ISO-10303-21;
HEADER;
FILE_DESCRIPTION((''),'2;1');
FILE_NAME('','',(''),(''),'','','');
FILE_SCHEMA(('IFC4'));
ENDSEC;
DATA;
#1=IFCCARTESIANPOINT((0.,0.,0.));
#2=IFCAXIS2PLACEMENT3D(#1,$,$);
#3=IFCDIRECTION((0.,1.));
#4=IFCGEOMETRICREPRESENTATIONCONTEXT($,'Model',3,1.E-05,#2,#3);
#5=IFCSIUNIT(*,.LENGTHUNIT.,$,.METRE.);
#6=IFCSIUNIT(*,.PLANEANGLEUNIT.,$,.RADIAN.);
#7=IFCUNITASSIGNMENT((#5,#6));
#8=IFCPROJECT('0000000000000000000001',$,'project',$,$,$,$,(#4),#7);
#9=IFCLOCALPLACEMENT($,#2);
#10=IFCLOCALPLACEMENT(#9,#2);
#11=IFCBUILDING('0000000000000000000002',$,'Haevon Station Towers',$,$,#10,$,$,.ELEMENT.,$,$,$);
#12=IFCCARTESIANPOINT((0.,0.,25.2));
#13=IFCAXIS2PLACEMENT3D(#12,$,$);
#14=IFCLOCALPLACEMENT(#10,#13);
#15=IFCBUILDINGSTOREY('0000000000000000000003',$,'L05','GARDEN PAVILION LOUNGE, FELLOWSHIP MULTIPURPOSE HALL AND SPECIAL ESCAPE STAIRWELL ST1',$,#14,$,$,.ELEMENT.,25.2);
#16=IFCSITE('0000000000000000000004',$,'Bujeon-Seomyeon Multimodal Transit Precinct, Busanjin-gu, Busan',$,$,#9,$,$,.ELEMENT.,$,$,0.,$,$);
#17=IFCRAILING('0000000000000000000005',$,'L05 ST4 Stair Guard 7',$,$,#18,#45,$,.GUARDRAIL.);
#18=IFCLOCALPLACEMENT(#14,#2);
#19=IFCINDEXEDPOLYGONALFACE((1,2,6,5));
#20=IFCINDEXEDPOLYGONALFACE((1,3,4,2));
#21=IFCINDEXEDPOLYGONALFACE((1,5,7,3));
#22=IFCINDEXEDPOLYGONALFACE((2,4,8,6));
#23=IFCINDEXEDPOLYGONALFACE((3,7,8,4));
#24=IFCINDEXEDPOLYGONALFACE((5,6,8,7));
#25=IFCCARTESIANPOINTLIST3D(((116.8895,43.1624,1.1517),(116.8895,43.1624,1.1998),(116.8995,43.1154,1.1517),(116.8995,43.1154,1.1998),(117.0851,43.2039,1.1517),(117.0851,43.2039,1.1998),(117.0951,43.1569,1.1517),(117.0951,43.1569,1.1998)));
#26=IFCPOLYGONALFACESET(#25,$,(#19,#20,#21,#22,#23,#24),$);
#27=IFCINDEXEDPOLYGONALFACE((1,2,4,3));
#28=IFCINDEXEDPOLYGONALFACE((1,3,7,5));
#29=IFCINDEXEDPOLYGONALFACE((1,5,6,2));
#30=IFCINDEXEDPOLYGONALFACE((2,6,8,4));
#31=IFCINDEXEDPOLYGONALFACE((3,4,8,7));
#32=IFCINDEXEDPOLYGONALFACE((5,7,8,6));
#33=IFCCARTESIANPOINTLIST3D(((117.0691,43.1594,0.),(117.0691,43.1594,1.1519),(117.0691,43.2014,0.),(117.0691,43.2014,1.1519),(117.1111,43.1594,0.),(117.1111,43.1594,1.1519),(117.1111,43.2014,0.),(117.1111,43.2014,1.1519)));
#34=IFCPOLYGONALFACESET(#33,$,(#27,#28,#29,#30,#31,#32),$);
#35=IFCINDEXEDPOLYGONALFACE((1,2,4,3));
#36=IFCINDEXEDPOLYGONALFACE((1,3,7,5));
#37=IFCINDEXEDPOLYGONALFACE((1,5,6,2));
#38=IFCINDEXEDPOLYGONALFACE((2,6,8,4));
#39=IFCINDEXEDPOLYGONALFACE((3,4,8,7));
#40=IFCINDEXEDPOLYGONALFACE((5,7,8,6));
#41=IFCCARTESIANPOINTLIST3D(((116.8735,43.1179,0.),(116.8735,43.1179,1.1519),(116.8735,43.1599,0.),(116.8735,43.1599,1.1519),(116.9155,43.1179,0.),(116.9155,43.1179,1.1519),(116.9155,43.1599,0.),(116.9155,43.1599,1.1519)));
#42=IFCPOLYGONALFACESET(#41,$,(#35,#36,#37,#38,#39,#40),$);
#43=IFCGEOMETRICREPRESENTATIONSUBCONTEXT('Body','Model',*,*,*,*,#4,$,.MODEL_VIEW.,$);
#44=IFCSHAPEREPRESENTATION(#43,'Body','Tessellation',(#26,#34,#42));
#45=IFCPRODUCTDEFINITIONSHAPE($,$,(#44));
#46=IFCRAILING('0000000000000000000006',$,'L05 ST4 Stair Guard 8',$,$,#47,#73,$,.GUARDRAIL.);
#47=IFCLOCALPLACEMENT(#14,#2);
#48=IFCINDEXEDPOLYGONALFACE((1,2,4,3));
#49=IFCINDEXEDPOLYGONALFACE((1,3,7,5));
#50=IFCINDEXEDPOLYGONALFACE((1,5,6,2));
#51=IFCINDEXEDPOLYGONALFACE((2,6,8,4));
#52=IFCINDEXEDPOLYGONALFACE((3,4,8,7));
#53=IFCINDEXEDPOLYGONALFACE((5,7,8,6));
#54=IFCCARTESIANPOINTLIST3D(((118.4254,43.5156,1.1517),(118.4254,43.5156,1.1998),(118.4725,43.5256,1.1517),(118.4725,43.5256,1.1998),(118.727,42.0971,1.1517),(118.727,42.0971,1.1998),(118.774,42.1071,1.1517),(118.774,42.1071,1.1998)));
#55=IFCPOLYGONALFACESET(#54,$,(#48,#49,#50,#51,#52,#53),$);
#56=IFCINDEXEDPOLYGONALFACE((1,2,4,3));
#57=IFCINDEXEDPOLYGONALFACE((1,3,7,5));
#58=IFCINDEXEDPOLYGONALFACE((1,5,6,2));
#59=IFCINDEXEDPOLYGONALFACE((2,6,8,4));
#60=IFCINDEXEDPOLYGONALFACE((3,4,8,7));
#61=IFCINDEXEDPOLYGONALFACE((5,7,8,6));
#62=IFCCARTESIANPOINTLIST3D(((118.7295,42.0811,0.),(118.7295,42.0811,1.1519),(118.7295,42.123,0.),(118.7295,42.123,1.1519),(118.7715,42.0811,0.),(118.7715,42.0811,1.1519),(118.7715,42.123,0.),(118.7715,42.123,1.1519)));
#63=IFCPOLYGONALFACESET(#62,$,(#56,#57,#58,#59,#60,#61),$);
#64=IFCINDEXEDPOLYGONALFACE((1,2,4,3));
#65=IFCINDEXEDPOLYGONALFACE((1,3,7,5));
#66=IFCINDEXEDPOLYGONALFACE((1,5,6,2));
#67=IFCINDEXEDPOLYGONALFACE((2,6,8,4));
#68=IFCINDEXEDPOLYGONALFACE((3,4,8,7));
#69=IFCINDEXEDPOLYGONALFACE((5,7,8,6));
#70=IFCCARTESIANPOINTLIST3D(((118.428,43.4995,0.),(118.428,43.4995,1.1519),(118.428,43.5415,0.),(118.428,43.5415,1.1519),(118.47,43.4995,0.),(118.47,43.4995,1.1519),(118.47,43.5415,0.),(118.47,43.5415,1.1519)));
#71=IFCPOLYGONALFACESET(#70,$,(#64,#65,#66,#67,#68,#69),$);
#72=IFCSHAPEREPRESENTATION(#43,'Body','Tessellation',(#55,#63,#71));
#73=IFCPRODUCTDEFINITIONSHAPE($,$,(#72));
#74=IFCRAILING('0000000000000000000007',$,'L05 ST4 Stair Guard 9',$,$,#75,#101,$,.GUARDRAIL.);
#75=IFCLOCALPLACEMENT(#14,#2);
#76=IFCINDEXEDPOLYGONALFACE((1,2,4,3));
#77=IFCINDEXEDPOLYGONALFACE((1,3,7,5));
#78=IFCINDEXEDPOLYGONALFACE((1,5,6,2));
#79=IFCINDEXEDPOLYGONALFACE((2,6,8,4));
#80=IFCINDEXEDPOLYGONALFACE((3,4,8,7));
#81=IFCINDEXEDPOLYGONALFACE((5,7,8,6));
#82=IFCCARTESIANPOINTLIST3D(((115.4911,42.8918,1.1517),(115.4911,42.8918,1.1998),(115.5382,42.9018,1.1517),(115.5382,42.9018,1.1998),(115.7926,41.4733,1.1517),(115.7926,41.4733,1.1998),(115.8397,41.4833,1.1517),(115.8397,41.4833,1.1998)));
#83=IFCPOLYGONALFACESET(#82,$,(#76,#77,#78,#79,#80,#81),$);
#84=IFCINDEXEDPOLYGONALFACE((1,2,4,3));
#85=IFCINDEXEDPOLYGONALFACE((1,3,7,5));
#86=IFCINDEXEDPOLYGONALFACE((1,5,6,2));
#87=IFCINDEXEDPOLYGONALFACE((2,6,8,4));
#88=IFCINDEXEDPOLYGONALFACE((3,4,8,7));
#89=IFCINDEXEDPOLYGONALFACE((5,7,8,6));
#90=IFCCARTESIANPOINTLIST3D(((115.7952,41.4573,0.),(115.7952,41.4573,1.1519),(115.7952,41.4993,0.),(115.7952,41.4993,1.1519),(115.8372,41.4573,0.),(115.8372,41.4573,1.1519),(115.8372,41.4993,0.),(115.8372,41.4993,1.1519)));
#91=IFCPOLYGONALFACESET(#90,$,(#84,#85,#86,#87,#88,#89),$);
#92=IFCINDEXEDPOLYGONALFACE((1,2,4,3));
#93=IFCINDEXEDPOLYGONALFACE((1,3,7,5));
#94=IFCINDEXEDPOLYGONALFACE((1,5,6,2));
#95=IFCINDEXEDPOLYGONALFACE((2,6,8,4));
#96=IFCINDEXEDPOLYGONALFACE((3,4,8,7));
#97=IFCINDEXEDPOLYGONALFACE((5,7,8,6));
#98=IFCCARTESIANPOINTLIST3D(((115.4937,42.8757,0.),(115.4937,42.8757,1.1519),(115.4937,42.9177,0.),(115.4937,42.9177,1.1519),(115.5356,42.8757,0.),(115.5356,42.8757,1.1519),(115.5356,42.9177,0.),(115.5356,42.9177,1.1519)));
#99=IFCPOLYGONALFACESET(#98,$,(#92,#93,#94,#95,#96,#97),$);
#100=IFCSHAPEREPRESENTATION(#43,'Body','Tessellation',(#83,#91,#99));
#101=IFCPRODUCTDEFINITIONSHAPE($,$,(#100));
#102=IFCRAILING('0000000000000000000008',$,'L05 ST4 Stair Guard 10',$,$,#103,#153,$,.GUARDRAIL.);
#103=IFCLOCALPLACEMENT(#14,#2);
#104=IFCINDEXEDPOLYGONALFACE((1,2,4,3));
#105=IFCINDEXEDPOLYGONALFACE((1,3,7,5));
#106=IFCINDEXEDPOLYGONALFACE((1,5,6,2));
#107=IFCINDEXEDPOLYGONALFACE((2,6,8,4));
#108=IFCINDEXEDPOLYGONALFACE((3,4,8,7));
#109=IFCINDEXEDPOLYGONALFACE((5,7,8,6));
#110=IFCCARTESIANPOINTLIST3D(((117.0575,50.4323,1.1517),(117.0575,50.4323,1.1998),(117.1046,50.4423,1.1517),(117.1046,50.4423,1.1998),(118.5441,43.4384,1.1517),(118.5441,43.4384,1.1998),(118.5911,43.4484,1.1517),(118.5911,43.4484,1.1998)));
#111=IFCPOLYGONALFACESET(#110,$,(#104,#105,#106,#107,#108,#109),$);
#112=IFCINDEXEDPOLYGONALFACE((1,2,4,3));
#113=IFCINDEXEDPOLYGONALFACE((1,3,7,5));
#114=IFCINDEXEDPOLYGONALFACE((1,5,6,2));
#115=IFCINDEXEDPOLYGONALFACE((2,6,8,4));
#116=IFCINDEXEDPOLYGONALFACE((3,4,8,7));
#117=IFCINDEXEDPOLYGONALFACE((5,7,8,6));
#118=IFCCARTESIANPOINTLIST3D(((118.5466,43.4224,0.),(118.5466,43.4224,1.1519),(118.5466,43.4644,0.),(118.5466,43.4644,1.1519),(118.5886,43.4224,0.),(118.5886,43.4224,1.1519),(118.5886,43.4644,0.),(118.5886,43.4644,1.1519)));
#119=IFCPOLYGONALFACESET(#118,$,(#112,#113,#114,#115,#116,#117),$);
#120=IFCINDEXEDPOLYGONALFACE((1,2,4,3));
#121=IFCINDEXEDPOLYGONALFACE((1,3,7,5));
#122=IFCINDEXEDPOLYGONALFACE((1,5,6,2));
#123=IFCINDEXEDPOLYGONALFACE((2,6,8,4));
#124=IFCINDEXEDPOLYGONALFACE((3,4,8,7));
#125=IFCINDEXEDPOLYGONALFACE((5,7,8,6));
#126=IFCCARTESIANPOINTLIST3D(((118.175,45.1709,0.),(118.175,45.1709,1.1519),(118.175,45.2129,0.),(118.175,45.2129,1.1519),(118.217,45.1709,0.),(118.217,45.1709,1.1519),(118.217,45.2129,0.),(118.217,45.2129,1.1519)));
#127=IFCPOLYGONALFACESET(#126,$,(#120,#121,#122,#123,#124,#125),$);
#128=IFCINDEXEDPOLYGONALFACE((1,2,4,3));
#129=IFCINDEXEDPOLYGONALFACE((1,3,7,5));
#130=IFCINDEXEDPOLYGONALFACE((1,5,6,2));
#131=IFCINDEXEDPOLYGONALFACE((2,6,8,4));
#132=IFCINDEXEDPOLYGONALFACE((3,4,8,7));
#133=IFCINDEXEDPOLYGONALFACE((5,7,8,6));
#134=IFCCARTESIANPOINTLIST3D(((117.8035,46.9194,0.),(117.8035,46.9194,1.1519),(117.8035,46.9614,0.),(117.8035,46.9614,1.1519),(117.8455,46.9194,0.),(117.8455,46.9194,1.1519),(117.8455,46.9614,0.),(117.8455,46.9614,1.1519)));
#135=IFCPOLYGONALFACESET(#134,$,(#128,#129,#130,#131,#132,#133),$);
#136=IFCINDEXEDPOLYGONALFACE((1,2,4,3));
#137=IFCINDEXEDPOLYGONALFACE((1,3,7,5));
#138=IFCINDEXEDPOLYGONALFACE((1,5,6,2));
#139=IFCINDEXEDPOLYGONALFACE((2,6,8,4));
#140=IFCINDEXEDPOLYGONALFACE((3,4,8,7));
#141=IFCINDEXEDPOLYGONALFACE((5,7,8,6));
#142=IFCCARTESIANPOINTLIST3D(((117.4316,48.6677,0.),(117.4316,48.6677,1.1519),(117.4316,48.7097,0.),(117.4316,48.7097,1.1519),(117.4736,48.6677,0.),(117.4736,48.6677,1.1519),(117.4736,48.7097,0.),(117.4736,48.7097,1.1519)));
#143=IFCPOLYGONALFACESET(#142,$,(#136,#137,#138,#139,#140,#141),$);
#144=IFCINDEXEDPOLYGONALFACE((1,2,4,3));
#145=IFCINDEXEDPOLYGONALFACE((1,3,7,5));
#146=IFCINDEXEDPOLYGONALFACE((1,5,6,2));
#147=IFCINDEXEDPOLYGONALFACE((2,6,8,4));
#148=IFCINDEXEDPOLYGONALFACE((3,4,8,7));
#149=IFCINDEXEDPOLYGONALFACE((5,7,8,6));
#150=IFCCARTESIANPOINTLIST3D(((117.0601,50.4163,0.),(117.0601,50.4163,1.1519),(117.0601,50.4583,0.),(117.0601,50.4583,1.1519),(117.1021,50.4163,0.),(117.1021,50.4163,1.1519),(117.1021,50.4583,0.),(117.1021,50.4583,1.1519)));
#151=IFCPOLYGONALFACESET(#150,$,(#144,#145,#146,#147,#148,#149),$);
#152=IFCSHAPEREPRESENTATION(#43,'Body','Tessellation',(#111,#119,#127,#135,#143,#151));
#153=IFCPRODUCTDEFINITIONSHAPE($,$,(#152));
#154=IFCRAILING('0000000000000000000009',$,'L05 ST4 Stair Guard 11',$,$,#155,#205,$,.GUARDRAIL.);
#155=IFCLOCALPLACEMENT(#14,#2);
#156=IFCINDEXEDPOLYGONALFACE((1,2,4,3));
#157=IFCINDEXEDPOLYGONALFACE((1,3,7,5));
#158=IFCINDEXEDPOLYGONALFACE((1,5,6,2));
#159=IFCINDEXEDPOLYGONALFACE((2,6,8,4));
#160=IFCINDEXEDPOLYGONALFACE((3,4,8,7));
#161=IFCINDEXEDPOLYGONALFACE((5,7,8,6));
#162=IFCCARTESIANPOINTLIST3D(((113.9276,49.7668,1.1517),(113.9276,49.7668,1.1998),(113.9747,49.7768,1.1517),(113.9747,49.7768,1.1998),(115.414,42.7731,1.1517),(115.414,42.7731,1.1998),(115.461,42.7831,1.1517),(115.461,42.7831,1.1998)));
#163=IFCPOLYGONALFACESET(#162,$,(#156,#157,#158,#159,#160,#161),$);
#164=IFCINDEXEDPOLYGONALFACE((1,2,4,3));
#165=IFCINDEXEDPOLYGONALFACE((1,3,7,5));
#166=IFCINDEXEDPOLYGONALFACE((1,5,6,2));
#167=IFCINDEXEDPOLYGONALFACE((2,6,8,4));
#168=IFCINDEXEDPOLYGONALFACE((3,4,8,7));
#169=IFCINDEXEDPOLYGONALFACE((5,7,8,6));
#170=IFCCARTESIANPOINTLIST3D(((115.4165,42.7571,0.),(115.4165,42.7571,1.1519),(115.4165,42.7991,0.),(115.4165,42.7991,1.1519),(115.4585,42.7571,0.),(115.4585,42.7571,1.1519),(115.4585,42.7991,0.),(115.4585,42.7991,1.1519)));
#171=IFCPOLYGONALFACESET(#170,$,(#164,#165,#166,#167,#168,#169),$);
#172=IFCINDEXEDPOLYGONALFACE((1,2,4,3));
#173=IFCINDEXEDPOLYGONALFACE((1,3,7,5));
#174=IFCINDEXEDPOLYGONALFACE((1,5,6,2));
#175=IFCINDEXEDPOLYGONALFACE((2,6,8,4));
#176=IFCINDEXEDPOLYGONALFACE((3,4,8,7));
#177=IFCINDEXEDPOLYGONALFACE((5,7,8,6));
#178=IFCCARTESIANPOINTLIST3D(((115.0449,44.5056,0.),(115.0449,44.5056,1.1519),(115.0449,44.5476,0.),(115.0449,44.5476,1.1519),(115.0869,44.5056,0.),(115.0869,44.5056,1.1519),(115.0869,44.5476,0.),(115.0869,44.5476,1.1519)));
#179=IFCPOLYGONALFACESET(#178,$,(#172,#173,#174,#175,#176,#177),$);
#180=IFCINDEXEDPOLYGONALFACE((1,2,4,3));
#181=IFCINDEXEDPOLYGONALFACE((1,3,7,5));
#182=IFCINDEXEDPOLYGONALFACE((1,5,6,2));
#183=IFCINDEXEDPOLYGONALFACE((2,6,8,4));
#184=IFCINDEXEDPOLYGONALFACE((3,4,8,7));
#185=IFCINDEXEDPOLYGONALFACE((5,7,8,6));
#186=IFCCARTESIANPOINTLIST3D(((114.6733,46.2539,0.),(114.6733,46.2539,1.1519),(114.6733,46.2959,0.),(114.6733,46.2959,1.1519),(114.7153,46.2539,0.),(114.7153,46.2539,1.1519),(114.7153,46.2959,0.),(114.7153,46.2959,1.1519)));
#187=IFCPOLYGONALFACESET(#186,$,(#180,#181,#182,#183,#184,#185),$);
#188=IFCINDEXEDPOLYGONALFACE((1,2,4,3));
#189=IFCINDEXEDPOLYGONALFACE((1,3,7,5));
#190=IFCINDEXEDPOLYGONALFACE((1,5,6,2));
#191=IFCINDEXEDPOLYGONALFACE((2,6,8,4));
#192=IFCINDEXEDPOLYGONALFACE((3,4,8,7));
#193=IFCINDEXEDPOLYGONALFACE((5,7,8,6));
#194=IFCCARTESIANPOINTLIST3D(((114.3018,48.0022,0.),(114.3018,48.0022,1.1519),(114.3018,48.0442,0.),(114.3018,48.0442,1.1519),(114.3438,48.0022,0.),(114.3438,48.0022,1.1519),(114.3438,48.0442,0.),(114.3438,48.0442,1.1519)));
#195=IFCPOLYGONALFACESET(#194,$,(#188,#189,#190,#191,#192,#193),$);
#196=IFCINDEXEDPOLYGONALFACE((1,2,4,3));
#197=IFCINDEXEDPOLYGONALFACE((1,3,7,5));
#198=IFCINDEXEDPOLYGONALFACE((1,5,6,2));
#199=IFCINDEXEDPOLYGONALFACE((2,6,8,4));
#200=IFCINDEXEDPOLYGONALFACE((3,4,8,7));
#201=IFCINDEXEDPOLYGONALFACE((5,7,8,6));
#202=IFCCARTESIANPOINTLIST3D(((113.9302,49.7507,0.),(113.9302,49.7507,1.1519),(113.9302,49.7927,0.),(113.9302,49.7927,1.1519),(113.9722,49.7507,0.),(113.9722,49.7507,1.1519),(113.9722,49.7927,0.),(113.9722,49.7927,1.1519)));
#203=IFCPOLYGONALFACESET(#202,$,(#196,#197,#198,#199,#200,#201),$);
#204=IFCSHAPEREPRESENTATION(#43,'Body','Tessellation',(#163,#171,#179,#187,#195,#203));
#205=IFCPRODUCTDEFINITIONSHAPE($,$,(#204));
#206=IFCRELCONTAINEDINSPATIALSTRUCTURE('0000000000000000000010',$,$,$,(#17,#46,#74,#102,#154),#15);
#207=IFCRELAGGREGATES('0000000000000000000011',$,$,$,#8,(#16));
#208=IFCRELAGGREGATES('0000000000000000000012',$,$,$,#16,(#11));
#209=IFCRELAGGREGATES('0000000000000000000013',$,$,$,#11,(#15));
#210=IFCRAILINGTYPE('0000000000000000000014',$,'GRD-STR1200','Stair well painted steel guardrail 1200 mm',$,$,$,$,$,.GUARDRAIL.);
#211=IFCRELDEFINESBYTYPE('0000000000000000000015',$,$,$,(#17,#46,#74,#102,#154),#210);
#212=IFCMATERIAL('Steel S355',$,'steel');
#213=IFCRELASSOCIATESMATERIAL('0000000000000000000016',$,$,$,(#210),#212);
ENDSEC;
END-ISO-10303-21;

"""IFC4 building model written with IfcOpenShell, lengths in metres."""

from ifc_helpers import new_model, si_unit, direction, frame, origin, origin_2d, place, context, subcontext, project, spatial, rectangle, extrude, material, type_object, element, save


model = new_model("IFC4")

# Units and contexts
model_context = context("Model", 3, precision=1e-05, world=origin(), true_north=direction((0.0, 1.0)))
body_context = subcontext(model_context, "Body", "Model", "MODEL_VIEW")
ifc_project = project(units=[si_unit("LENGTHUNIT", "METRE"), si_unit("PLANEANGLEUNIT", "RADIAN")], contexts=[model_context])

# Site, building, storey
site_placement = place(None, origin())
site = spatial("IfcSite", under=ifc_project, at=site_placement, Name="Bujeon-Seomyeon Multimodal Transit Precinct, Busanjin-gu, Busan", CompositionType="ELEMENT", RefElevation=0.0)
building_placement = place(site_placement, origin())
building = spatial("IfcBuilding", under=site, at=building_placement, Name="Haevon Station Towers", CompositionType="ELEMENT")
storey_placement = place(building_placement, frame((0.0, 0.0, 25.2)))
storey = spatial("IfcBuildingStorey", under=building, at=storey_placement, Name="L05", Description="GARDEN PAVILION LOUNGE, FELLOWSHIP MULTIPURPOSE HALL AND SPECIAL ESCAPE STAIRWELL ST1", CompositionType="ELEMENT", Elevation=25.2)

# Shared definitions
ifc_material_1 = material(Name="Steel S355", Category="steel")

# Railings
railing_type_1 = type_object("IfcRailingType", Name="GRD-STR1200", Description="Stair well painted steel guardrail 1200 mm", PredefinedType="GUARDRAIL", material=ifc_material_1)
railing_1_placement = place(storey_placement, frame((117.0901, 43.1804, 0.0)))
element("IfcRailing", 1, at=railing_1_placement, inside=storey, type_object=railing_type_1, Name="L05 ST4 Stair Guard 7", PredefinedType="GUARDRAIL", context=body_context, shape_type="SweptSolid", body=[
    extrude(rectangle(XDim=0.0481, YDim=0.0481, at=origin_2d()), frame((0.0, 0.0, 1.1758), z_axis=(-0.978212, -0.20761, 0.0), x_axis=(0.20761, -0.978212, 0.0)), (0.0, 0.0, 1.0), 0.2),
    extrude(rectangle(XDim=0.042, YDim=0.042, at=origin_2d()), origin(), (0.0, 0.0, 1.0), 1.1519),
    extrude(rectangle(XDim=0.042, YDim=0.042, at=origin_2d()), frame((-0.1956, -0.0415, 0.0)), (0.0, 0.0, 1.0), 1.1519),
])
for number, where, name in (
    (2, (118.7505, 42.1021, 0.0), "L05 ST4 Stair Guard 8"),
    (3, (115.8162, 41.4783, 0.0), "L05 ST4 Stair Guard 9"),
):
    element("IfcRailing", number, at=place(storey_placement, frame(where)), inside=storey, type_object=railing_type_1, Name=name, PredefinedType="GUARDRAIL", context=body_context, shape_type="SweptSolid", body=[
        extrude(rectangle(XDim=0.0481, YDim=0.0481, at=origin_2d()), frame((0.0, 0.0, 1.1758), z_axis=(-0.207919, 0.978146, 0.0), x_axis=(-0.978146, -0.207919, 0.0)), (0.0, 0.0, 1.0), 1.4502),
        extrude(rectangle(XDim=0.042, YDim=0.042, at=origin_2d()), origin(), (0.0, 0.0, 1.0), 1.1519),
        extrude(rectangle(XDim=0.042, YDim=0.042, at=origin_2d()), frame((-0.3015, 1.4185, 0.0)), (0.0, 0.0, 1.0), 1.1519),
    ])
railing_2_placement = place(storey_placement, frame((118.5676, 43.4434, 0.0)))
element("IfcRailing", 4, at=railing_2_placement, inside=storey, type_object=railing_type_1, Name="L05 ST4 Stair Guard 10", PredefinedType="GUARDRAIL", context=body_context, shape_type="SweptSolid", body=[
    extrude(rectangle(XDim=0.0481, YDim=0.0481, at=origin_2d()), frame((0.0, 0.0, 1.1758), z_axis=(-0.207908, 0.978148, 0.0), x_axis=(-0.978148, -0.207908, 0.0)), (0.0, 0.0, 1.0), 7.1501),
    extrude(rectangle(XDim=0.042, YDim=0.042, at=origin_2d()), origin(), (0.0, 0.0, 1.0), 1.1519),
    extrude(rectangle(XDim=0.042, YDim=0.042, at=origin_2d()), frame((-0.3716, 1.7485, 0.0)), (0.0, 0.0, 1.0), 1.1519),
    extrude(rectangle(XDim=0.042, YDim=0.042, at=origin_2d()), frame((-0.7432, 3.4971, 0.0)), (0.0, 0.0, 1.0), 1.1519),
    extrude(rectangle(XDim=0.042, YDim=0.042, at=origin_2d()), frame((-1.115, 5.2454, 0.0)), (0.0, 0.0, 1.0), 1.1519),
    extrude(rectangle(XDim=0.042, YDim=0.042, at=origin_2d()), frame((-1.4866, 6.9939, 0.0)), (0.0, 0.0, 1.0), 1.1519),
])
railing_3_placement = place(storey_placement, frame((115.4375, 42.7781, 0.0)))
element("IfcRailing", 5, at=railing_3_placement, inside=storey, type_object=railing_type_1, Name="L05 ST4 Stair Guard 11", PredefinedType="GUARDRAIL", context=body_context, shape_type="SweptSolid", body=[
    extrude(rectangle(XDim=0.0481, YDim=0.0481, at=origin_2d()), frame((0.0, 0.0, 1.1758), z_axis=(-0.207882, 0.978154, 0.0), x_axis=(-0.978154, -0.207882, 0.0)), (0.0, 0.0, 1.0), 7.1499),
    extrude(rectangle(XDim=0.042, YDim=0.042, at=origin_2d()), origin(), (0.0, 0.0, 1.0), 1.1519),
    extrude(rectangle(XDim=0.042, YDim=0.042, at=origin_2d()), frame((-0.3716, 1.7485, 0.0)), (0.0, 0.0, 1.0), 1.1519),
    extrude(rectangle(XDim=0.042, YDim=0.042, at=origin_2d()), frame((-0.7432, 3.4968, 0.0)), (0.0, 0.0, 1.0), 1.1519),
    extrude(rectangle(XDim=0.042, YDim=0.042, at=origin_2d()), frame((-1.1147, 5.2451, 0.0)), (0.0, 0.0, 1.0), 1.1519),
    extrude(rectangle(XDim=0.042, YDim=0.042, at=origin_2d()), frame((-1.4863, 6.9937, 0.0)), (0.0, 0.0, 1.0), 1.1519),
])

save(model, "model.ifc")
